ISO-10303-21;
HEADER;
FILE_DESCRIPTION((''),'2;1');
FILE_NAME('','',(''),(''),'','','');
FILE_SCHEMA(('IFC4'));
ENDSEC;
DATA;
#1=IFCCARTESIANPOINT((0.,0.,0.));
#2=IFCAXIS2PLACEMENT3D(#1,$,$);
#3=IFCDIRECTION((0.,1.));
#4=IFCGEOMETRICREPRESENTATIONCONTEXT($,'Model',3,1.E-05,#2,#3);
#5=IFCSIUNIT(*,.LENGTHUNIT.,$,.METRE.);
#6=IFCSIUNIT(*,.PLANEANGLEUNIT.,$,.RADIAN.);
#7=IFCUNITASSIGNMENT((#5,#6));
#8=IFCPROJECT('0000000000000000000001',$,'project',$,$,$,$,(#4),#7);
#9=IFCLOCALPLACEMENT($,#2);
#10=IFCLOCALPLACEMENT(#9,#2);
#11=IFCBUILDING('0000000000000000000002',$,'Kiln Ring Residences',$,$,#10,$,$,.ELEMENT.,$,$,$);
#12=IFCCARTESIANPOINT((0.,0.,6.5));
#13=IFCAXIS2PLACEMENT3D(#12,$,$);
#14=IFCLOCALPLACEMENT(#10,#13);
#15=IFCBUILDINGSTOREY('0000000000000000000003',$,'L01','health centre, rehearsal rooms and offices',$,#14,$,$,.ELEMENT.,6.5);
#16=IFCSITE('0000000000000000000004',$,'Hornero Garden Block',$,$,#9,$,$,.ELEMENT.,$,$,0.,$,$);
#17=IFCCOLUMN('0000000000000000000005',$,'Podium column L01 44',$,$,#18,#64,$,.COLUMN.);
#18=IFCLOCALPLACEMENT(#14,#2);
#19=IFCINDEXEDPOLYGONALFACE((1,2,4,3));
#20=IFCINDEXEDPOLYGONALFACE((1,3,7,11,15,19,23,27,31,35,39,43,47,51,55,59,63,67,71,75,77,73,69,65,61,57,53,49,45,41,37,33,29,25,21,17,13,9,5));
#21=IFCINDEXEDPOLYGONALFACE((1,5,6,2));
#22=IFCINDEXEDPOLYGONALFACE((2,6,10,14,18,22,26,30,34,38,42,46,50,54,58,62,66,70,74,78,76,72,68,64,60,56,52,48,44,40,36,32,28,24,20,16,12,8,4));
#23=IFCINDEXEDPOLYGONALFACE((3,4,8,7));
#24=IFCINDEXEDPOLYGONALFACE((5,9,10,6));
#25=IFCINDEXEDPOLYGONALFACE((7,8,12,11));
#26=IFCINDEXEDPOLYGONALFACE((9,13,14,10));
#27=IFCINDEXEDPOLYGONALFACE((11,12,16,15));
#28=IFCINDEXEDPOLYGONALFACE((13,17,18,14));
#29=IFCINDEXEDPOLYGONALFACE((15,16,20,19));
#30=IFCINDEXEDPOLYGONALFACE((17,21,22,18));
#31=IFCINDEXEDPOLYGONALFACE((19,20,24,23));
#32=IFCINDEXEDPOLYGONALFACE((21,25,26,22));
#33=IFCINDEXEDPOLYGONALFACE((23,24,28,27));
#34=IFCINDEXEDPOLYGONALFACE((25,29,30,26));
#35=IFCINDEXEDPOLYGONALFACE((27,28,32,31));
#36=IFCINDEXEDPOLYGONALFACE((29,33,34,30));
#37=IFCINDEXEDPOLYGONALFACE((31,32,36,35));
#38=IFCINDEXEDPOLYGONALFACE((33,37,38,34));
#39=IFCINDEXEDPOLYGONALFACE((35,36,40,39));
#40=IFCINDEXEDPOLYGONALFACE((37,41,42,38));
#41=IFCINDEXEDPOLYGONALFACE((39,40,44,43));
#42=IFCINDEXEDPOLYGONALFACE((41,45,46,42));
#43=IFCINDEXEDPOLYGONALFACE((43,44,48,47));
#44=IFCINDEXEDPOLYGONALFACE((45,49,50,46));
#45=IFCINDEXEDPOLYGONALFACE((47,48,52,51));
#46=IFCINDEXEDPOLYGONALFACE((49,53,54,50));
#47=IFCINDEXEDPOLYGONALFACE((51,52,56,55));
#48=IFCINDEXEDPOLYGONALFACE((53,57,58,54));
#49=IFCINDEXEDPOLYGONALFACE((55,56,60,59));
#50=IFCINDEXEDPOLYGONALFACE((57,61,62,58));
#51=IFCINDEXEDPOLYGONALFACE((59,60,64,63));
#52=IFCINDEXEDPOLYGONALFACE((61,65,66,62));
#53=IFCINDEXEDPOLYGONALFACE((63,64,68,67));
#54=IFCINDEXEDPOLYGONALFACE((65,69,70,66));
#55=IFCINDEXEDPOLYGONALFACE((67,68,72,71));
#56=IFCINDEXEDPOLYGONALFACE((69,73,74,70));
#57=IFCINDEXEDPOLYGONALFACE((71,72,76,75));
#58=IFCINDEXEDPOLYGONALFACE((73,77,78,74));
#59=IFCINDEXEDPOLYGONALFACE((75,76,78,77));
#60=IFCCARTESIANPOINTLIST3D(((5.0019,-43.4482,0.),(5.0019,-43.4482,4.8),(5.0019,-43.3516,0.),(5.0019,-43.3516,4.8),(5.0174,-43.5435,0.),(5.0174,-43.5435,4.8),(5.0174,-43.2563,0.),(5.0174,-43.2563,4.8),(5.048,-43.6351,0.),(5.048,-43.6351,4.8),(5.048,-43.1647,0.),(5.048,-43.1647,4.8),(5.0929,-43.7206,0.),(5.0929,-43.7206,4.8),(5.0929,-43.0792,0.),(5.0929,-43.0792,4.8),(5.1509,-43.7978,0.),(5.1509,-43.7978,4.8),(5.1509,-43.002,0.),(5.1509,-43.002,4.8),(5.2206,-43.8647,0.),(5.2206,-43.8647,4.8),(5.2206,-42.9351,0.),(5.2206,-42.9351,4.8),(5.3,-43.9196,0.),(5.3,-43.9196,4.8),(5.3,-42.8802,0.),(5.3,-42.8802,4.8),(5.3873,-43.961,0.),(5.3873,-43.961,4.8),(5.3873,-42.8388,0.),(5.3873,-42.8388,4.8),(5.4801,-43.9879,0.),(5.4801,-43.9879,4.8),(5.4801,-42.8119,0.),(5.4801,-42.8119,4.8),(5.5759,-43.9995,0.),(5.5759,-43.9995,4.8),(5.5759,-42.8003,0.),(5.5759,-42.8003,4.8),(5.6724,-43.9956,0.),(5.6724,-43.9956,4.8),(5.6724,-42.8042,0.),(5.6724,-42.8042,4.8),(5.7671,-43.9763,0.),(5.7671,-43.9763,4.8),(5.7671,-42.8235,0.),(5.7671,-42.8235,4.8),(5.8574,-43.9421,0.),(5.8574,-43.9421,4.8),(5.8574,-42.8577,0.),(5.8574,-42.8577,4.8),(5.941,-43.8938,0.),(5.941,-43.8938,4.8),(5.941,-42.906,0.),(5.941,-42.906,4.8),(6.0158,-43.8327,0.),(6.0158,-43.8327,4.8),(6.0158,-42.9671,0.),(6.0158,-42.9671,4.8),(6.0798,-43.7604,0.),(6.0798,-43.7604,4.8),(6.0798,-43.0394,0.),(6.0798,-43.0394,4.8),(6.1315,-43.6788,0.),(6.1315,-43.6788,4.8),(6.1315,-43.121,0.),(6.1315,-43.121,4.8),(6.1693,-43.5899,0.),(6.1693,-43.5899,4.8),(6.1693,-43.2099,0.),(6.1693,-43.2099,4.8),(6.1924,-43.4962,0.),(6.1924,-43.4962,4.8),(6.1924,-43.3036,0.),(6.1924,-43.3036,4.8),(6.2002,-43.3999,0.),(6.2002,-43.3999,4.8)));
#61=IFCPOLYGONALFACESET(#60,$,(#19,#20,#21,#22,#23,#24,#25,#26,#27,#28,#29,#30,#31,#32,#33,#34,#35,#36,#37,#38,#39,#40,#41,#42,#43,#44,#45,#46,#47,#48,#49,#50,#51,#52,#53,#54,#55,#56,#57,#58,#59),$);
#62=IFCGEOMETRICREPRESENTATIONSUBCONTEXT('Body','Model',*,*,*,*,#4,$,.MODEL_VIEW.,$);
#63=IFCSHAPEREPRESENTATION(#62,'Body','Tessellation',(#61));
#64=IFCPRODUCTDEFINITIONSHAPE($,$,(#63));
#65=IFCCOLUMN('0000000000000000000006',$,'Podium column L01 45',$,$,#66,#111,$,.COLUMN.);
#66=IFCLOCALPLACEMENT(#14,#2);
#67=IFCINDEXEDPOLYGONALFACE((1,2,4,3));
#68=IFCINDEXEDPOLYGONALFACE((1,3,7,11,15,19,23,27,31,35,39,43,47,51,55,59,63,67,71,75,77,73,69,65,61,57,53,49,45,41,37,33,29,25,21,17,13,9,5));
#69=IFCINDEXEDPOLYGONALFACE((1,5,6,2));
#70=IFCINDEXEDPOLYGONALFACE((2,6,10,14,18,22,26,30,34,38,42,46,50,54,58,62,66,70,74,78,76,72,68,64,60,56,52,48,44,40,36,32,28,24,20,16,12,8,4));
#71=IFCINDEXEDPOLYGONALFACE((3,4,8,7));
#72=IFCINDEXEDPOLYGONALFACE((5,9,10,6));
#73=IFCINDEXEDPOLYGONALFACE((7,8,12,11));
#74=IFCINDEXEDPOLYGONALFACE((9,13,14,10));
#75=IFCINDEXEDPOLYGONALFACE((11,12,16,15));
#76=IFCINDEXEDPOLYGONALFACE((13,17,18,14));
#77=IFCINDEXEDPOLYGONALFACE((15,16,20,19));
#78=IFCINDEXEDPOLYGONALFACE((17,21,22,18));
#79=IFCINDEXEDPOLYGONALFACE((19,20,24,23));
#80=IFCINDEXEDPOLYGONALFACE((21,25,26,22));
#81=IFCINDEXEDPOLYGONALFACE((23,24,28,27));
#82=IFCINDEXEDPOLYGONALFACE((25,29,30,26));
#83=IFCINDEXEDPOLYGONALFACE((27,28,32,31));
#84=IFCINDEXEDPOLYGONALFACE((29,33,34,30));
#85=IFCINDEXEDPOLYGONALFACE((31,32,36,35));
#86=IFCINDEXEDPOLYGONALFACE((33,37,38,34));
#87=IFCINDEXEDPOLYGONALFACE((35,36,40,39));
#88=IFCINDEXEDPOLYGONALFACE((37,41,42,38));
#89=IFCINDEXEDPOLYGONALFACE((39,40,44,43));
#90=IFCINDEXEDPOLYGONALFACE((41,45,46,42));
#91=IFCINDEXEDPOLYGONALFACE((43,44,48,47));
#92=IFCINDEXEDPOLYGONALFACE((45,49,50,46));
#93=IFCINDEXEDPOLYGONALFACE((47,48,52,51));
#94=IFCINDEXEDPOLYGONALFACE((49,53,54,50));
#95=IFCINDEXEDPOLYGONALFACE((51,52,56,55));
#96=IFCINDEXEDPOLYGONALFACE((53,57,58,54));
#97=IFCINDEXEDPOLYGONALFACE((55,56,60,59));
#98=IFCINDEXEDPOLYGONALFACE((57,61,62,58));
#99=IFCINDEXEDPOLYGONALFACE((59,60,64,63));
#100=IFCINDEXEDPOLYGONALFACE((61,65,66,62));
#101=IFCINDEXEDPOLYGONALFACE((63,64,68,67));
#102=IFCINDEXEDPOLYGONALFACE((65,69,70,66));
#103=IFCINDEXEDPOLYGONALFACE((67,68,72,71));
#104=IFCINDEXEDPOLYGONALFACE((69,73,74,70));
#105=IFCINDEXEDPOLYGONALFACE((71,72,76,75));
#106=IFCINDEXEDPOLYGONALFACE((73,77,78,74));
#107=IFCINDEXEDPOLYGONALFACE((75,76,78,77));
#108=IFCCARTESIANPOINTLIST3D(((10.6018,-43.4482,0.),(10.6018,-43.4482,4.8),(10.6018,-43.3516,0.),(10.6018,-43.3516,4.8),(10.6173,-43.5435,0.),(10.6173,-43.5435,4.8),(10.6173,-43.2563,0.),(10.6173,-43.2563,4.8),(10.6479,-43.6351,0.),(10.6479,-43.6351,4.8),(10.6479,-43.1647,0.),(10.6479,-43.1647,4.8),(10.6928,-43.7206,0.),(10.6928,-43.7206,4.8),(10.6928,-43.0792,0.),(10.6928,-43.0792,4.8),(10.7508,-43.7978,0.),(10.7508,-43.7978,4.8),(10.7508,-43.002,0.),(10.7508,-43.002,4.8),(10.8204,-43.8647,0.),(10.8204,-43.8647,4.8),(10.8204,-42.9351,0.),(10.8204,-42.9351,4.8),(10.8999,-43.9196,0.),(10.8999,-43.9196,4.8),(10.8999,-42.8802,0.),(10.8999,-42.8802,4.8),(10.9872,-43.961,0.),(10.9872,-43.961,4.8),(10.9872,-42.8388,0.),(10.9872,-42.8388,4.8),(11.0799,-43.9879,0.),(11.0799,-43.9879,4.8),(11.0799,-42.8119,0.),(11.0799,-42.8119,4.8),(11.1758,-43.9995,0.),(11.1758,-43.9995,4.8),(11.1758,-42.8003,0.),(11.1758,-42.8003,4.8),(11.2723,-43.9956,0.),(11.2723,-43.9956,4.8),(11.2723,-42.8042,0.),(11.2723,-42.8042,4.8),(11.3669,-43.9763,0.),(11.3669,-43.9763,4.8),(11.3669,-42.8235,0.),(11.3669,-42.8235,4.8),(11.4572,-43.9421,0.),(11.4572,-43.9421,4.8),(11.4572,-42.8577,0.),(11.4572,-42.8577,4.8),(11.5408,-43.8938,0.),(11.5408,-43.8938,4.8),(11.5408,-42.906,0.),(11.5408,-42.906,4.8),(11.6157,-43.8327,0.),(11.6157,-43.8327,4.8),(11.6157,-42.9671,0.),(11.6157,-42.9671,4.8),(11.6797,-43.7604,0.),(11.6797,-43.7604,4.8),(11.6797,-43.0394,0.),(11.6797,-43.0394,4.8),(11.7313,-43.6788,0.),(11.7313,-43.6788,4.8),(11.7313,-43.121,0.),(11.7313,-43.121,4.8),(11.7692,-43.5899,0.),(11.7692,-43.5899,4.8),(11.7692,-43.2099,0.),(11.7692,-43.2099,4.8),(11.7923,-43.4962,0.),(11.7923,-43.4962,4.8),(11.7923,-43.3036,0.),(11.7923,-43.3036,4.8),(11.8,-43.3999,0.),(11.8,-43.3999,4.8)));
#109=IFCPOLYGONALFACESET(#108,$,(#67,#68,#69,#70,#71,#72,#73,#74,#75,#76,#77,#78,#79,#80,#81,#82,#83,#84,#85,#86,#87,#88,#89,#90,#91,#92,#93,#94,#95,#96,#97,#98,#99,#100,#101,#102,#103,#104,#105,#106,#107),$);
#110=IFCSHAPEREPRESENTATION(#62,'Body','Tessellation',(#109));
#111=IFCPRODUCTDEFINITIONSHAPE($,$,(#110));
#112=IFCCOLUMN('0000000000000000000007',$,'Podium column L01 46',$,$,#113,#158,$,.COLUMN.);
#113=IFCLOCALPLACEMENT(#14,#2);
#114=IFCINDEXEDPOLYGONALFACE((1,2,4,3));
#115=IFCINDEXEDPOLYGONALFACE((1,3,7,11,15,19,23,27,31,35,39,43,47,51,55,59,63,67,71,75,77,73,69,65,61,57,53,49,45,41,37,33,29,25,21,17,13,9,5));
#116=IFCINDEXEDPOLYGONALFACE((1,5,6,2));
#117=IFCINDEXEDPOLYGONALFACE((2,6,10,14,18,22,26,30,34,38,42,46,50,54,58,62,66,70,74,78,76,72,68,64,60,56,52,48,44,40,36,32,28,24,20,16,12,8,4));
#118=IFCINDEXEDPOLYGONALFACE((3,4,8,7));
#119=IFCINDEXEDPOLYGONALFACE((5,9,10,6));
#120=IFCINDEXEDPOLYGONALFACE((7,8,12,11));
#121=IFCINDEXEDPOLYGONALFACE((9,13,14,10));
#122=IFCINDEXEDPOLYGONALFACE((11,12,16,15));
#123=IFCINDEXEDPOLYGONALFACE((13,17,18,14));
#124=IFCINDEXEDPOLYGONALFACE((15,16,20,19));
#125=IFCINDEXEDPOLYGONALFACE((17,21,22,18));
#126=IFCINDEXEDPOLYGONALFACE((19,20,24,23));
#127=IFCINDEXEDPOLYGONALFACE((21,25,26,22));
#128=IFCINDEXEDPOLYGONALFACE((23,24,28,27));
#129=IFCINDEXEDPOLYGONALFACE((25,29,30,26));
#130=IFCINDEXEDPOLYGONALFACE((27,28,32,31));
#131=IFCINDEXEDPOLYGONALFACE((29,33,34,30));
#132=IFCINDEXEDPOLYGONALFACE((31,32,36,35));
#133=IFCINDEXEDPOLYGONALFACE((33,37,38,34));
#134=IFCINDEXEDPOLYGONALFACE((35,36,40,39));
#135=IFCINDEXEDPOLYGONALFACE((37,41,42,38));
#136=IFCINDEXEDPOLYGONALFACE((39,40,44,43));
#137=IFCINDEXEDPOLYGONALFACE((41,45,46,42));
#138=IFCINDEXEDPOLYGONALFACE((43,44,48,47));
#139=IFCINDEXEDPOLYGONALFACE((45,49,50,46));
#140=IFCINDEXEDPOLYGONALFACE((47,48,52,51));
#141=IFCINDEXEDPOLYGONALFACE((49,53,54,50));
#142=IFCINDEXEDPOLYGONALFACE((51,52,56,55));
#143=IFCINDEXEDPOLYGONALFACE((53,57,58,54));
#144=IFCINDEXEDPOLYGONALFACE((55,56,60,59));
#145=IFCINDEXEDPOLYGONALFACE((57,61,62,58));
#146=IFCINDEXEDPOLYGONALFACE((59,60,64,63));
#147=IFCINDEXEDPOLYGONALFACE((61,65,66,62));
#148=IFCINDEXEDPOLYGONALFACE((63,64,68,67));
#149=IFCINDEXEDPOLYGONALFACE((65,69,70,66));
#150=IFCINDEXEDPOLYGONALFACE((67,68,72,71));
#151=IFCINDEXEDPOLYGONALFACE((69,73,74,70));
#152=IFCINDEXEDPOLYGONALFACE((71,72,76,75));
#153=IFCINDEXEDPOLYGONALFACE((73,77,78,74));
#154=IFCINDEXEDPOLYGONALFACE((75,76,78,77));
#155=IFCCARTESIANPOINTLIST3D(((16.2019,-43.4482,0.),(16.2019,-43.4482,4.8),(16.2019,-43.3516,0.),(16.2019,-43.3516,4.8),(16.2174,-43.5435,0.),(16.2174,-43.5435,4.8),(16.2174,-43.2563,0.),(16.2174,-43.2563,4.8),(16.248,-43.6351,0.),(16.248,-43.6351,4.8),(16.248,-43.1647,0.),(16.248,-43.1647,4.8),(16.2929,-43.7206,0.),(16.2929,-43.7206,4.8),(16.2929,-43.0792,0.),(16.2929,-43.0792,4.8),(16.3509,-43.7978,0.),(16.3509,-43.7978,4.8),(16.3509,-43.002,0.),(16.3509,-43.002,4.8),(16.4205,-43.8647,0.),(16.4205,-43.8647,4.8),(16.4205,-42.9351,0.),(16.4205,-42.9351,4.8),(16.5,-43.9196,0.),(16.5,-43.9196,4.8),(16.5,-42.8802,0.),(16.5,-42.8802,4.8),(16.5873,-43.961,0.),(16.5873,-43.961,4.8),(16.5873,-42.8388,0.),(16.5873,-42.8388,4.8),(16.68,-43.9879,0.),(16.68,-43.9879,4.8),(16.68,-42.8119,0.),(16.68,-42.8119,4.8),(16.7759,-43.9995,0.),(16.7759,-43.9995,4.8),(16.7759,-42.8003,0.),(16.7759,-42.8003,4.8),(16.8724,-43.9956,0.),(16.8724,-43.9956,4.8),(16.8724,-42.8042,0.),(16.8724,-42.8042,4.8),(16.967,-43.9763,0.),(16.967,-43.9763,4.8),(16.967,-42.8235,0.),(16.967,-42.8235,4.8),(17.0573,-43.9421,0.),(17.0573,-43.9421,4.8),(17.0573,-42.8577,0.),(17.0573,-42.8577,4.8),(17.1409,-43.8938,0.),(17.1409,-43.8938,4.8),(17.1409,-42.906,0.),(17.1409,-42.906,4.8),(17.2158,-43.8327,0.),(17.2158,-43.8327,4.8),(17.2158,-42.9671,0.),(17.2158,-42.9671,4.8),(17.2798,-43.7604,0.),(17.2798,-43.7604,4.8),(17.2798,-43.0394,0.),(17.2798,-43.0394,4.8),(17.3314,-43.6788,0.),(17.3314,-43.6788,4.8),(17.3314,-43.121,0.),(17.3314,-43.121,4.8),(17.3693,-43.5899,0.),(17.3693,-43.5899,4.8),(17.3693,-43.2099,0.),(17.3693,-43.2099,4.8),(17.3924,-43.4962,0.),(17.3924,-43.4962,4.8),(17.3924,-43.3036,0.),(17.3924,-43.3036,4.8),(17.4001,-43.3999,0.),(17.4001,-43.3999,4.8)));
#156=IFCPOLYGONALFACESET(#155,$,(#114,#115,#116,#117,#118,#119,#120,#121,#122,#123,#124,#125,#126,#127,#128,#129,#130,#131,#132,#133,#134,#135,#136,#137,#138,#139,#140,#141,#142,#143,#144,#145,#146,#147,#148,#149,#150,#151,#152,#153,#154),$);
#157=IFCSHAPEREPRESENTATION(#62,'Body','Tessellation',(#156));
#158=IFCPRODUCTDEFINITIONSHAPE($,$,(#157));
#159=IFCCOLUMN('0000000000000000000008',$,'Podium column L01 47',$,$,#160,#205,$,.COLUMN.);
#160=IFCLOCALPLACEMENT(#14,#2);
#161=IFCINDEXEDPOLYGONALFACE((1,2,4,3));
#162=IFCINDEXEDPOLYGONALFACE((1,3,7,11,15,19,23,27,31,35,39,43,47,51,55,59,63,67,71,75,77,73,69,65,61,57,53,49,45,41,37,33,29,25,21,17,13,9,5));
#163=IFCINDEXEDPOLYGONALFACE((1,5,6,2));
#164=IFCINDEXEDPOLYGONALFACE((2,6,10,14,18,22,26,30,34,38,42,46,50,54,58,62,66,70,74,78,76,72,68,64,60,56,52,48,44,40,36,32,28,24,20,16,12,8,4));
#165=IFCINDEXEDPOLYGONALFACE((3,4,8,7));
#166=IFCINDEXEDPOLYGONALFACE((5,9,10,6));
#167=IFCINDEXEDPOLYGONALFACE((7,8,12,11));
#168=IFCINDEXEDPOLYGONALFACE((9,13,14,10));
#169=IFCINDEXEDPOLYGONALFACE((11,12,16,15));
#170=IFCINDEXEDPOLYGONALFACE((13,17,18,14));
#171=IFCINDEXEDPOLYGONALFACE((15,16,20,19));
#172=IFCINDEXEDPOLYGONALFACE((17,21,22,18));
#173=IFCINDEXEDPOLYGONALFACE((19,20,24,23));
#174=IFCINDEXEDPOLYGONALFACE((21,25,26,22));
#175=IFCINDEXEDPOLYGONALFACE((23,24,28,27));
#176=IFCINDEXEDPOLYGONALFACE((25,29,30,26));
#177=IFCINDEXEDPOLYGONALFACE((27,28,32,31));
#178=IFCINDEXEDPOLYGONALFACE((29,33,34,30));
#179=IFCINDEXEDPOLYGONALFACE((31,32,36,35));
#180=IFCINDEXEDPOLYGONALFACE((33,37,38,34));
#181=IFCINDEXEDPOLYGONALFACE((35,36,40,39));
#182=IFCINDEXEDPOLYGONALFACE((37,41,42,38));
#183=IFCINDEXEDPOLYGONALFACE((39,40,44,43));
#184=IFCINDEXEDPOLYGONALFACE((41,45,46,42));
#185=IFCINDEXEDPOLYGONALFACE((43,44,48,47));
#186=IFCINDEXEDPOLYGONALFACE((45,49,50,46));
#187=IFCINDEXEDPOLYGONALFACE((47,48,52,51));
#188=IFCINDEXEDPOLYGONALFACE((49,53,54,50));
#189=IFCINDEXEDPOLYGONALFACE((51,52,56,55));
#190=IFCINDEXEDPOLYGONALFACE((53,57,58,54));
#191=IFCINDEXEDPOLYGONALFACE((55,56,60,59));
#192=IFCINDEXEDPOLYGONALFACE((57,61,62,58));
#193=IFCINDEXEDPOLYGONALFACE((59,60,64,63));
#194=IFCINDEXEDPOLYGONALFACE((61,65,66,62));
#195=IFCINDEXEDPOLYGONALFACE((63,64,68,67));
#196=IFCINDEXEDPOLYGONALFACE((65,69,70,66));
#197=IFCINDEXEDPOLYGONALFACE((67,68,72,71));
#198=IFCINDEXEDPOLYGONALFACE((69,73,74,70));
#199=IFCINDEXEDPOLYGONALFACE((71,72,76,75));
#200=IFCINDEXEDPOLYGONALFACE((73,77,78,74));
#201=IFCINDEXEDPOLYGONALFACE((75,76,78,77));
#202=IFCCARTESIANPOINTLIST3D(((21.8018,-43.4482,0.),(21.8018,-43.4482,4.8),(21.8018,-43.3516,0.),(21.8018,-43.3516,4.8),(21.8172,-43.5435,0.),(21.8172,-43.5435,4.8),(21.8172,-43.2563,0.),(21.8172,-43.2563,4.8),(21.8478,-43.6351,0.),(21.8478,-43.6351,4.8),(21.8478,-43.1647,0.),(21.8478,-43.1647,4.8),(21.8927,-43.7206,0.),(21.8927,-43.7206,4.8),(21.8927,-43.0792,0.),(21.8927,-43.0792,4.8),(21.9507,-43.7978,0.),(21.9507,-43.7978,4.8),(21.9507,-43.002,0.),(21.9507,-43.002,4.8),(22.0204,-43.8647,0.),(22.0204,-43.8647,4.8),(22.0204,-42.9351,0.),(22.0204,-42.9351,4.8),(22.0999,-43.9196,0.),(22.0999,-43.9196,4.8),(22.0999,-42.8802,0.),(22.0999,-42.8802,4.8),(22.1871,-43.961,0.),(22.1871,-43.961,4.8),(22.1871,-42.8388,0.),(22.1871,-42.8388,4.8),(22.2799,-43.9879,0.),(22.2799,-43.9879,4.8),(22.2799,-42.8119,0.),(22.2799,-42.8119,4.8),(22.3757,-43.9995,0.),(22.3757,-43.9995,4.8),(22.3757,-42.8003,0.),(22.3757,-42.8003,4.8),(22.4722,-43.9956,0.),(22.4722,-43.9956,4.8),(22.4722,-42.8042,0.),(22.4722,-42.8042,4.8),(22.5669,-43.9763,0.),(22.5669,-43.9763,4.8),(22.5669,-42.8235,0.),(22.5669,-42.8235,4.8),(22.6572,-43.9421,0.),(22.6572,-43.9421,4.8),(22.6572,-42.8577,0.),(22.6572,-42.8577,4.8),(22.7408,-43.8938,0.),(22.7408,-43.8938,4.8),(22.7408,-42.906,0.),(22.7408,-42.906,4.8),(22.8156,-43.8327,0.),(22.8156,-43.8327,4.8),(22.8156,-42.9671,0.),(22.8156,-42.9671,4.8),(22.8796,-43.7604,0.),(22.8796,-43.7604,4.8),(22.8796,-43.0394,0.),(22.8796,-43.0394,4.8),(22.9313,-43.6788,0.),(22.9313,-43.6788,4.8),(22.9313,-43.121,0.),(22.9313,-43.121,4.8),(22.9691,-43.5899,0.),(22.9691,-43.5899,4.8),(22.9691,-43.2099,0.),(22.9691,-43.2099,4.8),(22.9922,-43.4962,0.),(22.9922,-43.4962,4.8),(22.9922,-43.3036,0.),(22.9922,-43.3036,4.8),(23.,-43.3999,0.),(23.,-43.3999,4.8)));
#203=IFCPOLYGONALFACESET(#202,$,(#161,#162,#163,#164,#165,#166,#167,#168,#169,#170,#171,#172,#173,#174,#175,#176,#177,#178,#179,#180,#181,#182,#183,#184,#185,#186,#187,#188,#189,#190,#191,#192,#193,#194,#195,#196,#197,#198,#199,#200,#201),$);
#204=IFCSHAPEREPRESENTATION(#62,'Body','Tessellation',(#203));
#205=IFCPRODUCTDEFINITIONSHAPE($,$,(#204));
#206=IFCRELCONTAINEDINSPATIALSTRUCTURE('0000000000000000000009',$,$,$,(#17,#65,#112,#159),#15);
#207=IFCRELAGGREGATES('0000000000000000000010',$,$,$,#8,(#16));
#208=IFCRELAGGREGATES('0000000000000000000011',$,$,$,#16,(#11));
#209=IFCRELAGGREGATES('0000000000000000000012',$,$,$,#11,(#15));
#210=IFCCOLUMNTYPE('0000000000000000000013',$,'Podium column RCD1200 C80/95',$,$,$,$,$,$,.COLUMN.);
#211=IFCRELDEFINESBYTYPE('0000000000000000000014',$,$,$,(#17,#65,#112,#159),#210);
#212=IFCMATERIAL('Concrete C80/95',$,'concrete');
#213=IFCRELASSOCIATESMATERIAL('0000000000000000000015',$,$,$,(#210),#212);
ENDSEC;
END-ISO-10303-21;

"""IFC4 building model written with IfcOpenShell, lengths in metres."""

from ifc_helpers import new_model, si_unit, direction, frame, origin, origin_2d, place, context, subcontext, project, spatial, circle, extrude, material, material_profile, profile_set, type_object, element, save


model = new_model("IFC4")

# Units and contexts
model_context = context("Model", 3, precision=1e-05, world=origin(), true_north=direction((0.0, 1.0)))
body_context = subcontext(model_context, "Body", "Model", "MODEL_VIEW")
ifc_project = project(units=[si_unit("LENGTHUNIT", "METRE"), si_unit("PLANEANGLEUNIT", "RADIAN")], contexts=[model_context])

# Site, building, storey
site_placement = place(None, origin())
site = spatial("IfcSite", under=ifc_project, at=site_placement, Name="Hornero Garden Block", CompositionType="ELEMENT", RefElevation=0.0)
building_placement = place(site_placement, origin())
building = spatial("IfcBuilding", under=site, at=building_placement, Name="Kiln Ring Residences", CompositionType="ELEMENT")
storey_placement = place(building_placement, frame((0.0, 0.0, 6.5)))
storey = spatial("IfcBuildingStorey", under=building, at=storey_placement, Name="L01", Description="health centre, rehearsal rooms and offices", CompositionType="ELEMENT", Elevation=6.5)

# Columns
ifc_material_1 = material(Name="Concrete C80/95", Category="concrete")
ifc_material_profile = material_profile(ifc_material_1, circle(Radius=0.6001, at=origin_2d()), Name="RCD1200")
ifc_profile_set = profile_set([ifc_material_profile], Name="Concrete C80/95")
column_type = type_object("IfcColumnType", Name="Podium column RCD1200 C80/95", PredefinedType="COLUMN", material=ifc_profile_set)
for number, where, z_axis, x_axis, name in (
    (1, (5.6001, -43.3999, 0.0), (0.0, 0.0, 1.0), (1.0, 0.0, 0.0), "Podium column L01 44"),
    (2, (11.2, -43.3999, 0.0), (0.0, 0.0, 1.0), (1.0, 0.0, 0.0), "Podium column L01 45"),
    (3, (16.8, -43.3999, 0.0), (0.0, 0.0, 1.0), (1.0, 0.0, 0.0), "Podium column L01 46"),
    (4, (22.3999, -43.3999, 0.0), (0.0, 0.0, 1.0), (1.0, 0.0, 0.0), "Podium column L01 47"),
):
    element("IfcColumn", number, at=place(storey_placement, frame(where, z_axis=z_axis, x_axis=x_axis)), inside=storey, type_object=column_type, Name=name, PredefinedType="COLUMN", context=body_context, shape_type="SweptSolid", body=[
        extrude(circle(Radius=0.6001, at=origin_2d()), origin(), (0.0, 0.0, 1.0), 4.8),
    ])

save(model, "model.ifc")
